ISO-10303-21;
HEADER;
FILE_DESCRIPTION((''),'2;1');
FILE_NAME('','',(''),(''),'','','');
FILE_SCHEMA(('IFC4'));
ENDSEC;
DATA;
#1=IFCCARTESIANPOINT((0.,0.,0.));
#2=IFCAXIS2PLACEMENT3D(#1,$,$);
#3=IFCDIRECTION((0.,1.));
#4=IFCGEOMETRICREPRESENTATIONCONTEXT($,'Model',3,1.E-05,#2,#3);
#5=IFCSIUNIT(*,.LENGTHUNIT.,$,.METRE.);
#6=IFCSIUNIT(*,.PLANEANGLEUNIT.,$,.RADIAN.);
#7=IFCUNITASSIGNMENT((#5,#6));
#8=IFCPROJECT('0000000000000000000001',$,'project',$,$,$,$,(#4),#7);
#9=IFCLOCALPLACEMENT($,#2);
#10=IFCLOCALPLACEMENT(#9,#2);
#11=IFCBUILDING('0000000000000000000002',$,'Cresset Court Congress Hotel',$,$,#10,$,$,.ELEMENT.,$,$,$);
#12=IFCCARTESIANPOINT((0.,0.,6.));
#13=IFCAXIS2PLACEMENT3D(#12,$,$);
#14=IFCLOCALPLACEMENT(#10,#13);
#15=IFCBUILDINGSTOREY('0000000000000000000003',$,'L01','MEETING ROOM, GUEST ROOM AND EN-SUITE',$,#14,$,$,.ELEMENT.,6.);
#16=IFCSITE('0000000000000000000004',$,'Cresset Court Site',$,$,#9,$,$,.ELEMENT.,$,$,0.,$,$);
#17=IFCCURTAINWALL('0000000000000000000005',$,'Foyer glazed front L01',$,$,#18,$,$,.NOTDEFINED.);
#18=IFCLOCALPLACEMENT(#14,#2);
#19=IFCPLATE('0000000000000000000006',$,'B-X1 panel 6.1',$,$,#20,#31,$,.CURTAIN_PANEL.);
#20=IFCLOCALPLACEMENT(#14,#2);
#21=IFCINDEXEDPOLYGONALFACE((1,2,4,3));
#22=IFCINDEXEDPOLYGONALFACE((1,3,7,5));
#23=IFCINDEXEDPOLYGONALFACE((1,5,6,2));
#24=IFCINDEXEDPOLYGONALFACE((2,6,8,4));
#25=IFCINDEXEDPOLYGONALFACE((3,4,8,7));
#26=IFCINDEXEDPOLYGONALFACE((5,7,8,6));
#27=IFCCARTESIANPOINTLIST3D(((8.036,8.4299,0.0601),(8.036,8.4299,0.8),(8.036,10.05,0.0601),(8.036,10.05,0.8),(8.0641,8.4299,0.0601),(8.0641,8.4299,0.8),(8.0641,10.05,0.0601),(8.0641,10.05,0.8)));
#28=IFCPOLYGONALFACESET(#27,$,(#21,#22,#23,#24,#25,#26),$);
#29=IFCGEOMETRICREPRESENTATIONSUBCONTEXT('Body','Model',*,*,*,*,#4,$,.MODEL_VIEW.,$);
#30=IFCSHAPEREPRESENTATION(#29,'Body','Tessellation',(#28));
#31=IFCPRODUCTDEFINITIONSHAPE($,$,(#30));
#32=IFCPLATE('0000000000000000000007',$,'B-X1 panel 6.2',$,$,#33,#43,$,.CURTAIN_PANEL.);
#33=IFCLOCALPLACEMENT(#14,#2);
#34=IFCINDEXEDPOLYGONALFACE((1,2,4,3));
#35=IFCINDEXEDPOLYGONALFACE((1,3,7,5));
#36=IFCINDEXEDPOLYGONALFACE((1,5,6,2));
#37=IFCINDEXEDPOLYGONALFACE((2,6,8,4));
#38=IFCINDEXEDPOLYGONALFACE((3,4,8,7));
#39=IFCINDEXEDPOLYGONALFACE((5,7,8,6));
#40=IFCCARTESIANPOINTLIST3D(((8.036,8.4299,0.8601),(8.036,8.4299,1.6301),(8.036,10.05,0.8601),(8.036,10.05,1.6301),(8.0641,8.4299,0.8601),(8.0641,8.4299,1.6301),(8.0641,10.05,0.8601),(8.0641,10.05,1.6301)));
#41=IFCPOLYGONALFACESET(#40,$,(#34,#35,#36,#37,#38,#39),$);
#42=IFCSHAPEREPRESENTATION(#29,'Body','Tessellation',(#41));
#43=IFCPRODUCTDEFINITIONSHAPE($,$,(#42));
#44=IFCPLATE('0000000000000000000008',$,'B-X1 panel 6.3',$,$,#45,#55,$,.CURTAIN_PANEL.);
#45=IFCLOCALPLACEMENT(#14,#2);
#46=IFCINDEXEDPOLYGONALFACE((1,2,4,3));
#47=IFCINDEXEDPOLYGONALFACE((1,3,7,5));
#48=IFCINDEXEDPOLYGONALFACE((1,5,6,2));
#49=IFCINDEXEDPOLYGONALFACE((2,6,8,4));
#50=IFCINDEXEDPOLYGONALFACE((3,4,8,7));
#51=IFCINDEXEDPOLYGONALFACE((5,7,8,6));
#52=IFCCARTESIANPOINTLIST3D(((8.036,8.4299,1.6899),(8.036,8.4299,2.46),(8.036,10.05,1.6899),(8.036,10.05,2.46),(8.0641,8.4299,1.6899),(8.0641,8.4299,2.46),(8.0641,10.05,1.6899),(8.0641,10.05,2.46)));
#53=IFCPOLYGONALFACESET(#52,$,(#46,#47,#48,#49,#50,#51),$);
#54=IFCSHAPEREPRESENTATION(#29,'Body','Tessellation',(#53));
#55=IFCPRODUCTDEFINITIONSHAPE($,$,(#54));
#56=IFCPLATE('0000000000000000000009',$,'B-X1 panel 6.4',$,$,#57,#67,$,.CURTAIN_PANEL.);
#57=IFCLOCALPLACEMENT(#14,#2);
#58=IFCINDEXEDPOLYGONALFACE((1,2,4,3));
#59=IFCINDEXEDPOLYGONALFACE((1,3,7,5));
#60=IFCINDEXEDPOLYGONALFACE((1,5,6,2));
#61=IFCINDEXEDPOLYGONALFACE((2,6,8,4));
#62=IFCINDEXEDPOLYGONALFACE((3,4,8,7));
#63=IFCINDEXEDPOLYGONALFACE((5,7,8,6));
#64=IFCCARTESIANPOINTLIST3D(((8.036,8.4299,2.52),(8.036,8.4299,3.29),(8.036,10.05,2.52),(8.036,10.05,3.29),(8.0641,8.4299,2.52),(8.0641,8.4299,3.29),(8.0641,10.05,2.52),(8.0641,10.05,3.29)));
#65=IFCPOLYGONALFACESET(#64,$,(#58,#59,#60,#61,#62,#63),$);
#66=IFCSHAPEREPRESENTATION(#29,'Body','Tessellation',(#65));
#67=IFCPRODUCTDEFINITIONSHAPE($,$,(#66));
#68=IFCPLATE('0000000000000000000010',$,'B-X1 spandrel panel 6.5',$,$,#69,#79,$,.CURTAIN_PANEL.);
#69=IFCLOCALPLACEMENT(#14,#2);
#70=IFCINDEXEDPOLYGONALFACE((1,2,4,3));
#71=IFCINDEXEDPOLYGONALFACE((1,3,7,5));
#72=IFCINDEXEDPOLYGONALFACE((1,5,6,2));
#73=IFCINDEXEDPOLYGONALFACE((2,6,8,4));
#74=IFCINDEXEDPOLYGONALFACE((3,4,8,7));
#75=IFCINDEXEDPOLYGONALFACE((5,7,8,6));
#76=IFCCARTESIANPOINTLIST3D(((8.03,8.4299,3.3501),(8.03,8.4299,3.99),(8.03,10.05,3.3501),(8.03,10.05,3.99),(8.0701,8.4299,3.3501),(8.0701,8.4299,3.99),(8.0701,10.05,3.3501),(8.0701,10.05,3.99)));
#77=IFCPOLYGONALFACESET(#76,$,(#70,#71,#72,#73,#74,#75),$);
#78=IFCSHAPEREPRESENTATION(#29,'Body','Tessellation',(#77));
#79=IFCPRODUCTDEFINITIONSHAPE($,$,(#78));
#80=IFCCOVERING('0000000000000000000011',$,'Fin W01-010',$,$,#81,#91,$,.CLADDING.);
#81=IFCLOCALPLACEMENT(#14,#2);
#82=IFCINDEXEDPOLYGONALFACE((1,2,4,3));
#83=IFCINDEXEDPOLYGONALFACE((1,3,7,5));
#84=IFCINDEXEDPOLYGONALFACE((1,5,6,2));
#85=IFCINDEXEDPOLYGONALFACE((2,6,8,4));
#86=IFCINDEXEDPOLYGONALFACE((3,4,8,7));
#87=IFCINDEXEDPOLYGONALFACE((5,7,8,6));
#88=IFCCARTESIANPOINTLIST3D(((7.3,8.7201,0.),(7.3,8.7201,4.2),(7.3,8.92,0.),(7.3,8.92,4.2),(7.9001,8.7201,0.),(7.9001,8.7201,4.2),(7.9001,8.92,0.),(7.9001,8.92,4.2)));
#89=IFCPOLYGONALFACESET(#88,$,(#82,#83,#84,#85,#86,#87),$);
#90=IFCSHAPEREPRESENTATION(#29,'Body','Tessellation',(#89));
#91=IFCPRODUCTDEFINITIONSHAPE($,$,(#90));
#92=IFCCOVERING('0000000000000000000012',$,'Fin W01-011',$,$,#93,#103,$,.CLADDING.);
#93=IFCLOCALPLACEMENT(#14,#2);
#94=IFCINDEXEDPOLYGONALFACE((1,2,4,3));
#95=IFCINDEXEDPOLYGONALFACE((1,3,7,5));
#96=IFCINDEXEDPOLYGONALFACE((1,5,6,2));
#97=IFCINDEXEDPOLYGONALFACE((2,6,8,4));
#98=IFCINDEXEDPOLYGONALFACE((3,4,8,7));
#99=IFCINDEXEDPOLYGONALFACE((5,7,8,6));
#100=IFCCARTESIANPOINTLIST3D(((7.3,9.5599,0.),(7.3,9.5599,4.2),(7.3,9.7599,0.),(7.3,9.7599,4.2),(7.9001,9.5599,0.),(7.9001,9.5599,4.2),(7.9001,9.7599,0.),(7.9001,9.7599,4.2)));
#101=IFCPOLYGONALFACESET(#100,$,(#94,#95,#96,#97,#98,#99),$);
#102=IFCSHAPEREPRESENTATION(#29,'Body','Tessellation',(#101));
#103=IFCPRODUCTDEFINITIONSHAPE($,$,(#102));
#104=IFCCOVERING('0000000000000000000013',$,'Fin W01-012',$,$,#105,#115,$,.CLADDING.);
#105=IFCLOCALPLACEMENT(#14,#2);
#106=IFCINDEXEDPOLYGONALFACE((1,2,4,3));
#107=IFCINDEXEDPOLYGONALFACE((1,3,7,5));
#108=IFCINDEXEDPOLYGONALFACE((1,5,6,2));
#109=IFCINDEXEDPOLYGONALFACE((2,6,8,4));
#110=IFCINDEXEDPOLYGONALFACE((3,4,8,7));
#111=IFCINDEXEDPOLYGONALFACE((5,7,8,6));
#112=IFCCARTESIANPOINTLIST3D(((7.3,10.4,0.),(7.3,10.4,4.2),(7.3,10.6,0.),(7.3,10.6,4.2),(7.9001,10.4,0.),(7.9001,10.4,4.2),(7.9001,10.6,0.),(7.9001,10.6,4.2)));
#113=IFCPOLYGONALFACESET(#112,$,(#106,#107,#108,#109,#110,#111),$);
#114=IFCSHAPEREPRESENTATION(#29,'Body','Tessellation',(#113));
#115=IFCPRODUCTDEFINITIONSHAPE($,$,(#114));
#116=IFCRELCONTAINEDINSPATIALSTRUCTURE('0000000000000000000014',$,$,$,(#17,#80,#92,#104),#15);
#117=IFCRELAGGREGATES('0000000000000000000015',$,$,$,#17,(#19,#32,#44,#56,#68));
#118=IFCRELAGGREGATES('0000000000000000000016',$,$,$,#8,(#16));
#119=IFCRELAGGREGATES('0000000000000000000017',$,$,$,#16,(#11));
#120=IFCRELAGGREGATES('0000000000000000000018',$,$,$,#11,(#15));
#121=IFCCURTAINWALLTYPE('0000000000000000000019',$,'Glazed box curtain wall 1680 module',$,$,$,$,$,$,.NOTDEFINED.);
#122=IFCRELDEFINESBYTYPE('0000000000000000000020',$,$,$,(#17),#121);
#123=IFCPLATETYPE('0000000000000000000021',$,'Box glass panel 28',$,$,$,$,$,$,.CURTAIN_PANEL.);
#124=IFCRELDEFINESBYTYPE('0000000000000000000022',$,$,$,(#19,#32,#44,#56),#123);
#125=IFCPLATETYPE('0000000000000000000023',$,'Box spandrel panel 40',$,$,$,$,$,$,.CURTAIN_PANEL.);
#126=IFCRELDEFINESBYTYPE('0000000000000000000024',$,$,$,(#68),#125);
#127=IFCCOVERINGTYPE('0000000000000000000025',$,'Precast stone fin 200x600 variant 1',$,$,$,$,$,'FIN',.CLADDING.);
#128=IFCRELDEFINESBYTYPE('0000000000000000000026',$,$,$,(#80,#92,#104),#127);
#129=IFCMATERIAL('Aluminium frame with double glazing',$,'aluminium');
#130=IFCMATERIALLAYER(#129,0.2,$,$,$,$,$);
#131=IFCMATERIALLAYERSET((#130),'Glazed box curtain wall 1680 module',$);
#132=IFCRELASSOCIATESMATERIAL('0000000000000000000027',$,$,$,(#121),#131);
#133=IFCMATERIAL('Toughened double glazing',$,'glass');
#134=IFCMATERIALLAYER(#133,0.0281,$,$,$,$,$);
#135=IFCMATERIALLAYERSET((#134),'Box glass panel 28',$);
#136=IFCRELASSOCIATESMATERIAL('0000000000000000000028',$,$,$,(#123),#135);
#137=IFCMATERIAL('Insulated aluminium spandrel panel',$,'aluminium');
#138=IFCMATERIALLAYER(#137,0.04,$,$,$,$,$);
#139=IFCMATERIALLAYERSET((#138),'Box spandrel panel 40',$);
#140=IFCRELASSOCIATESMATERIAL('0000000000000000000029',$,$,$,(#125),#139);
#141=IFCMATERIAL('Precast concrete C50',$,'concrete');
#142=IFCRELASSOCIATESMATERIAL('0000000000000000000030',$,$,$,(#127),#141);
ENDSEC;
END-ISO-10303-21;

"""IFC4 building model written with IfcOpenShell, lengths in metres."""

from ifc_helpers import new_model, si_unit, direction, frame, origin, origin_2d, place, context, subcontext, project, spatial, rectangle, extrude, material, layer, layer_set, type_object, element, aggregate, save


model = new_model("IFC4")

# Units and contexts
model_context = context("Model", 3, precision=1e-05, world=origin(), true_north=direction((0.0, 1.0)))
body_context = subcontext(model_context, "Body", "Model", "MODEL_VIEW")
ifc_project = project(units=[si_unit("LENGTHUNIT", "METRE"), si_unit("PLANEANGLEUNIT", "RADIAN")], contexts=[model_context])

# Site, building, storey
site_placement = place(None, origin())
site = spatial("IfcSite", under=ifc_project, at=site_placement, Name="Cresset Court Site", CompositionType="ELEMENT", RefElevation=0.0)
building_placement = place(site_placement, origin())
building = spatial("IfcBuilding", under=site, at=building_placement, Name="Cresset Court Congress Hotel", CompositionType="ELEMENT")
storey_placement = place(building_placement, frame((0.0, 0.0, 6.0)))
storey = spatial("IfcBuildingStorey", under=building, at=storey_placement, Name="L01", Description="MEETING ROOM, GUEST ROOM AND EN-SUITE", CompositionType="ELEMENT", Elevation=6.0)

# Curtain wall, plates
ifc_material_1 = material(Name="Aluminium frame with double glazing", Category="aluminium")
ifc_layer_1 = layer(ifc_material_1, 0.2)
ifc_layer_set_1 = layer_set([ifc_layer_1], Name="Glazed box curtain wall 1680 module")
curtain_wall_type = type_object("IfcCurtainWallType", Name="Glazed box curtain wall 1680 module", PredefinedType="NOTDEFINED", material=ifc_layer_set_1)
curtain_wall_placement = place(storey_placement, origin())
curtain_wall = element("IfcCurtainWall", 1, at=curtain_wall_placement, inside=storey, type_object=curtain_wall_type, Name="Foyer glazed front L01", PredefinedType="NOTDEFINED")
ifc_material_2 = material(Name="Toughened double glazing", Category="glass")
ifc_layer_2 = layer(ifc_material_2, 0.0281)
ifc_layer_set_2 = layer_set([ifc_layer_2], Name="Box glass panel 28")
plate_type_1 = type_object("IfcPlateType", Name="Box glass panel 28", PredefinedType="CURTAIN_PANEL", material=ifc_layer_set_2)
plate_1_placement = place(storey_placement, frame((8.05, 9.24, 0.0601), z_axis=(0.0, 0.0, 1.0), x_axis=(0.0, 1.0, 0.0)))
plate_1 = element("IfcPlate", 2, at=plate_1_placement, type_object=plate_type_1, Name="B-X1 panel 6.1", PredefinedType="CURTAIN_PANEL", context=body_context, shape_type="SweptSolid", body=[
    extrude(rectangle(XDim=1.6201, YDim=0.0281, at=origin_2d()), origin(), (0.0, 0.0, 1.0), 0.74),
])
plate_2_placement = place(storey_placement, frame((8.05, 9.24, 0.8601), z_axis=(0.0, 0.0, 1.0), x_axis=(0.0, 1.0, 0.0)))
plate_2 = element("IfcPlate", 3, at=plate_2_placement, type_object=plate_type_1, Name="B-X1 panel 6.2", PredefinedType="CURTAIN_PANEL", context=body_context, shape_type="SweptSolid", body=[
    extrude(rectangle(XDim=1.6201, YDim=0.0281, at=origin_2d()), origin(), (0.0, 0.0, 1.0), 0.77),
])
plate_3_placement = place(storey_placement, frame((8.05, 9.24, 1.6899), z_axis=(0.0, 0.0, 1.0), x_axis=(0.0, 1.0, 0.0)))
plate_3 = element("IfcPlate", 4, at=plate_3_placement, type_object=plate_type_1, Name="B-X1 panel 6.3", PredefinedType="CURTAIN_PANEL", context=body_context, shape_type="SweptSolid", body=[
    extrude(rectangle(XDim=1.6201, YDim=0.0281, at=origin_2d()), origin(), (0.0, 0.0, 1.0), 0.77),
])
plate_4_placement = place(storey_placement, frame((8.05, 9.24, 2.52), z_axis=(0.0, 0.0, 1.0), x_axis=(0.0, 1.0, 0.0)))
plate_4 = element("IfcPlate", 5, at=plate_4_placement, type_object=plate_type_1, Name="B-X1 panel 6.4", PredefinedType="CURTAIN_PANEL", context=body_context, shape_type="SweptSolid", body=[
    extrude(rectangle(XDim=1.6201, YDim=0.0281, at=origin_2d()), origin(), (0.0, 0.0, 1.0), 0.77),
])
ifc_material_3 = material(Name="Insulated aluminium spandrel panel", Category="aluminium")
ifc_layer_3 = layer(ifc_material_3, 0.04)
ifc_layer_set_3 = layer_set([ifc_layer_3], Name="Box spandrel panel 40")
plate_type_2 = type_object("IfcPlateType", Name="Box spandrel panel 40", PredefinedType="CURTAIN_PANEL", material=ifc_layer_set_3)
plate_5_placement = place(storey_placement, frame((8.05, 9.24, 3.3501), z_axis=(0.0, 0.0, 1.0), x_axis=(0.0, 1.0, 0.0)))
plate_5 = element("IfcPlate", 6, at=plate_5_placement, type_object=plate_type_2, Name="B-X1 spandrel panel 6.5", PredefinedType="CURTAIN_PANEL", context=body_context, shape_type="SweptSolid", body=[
    extrude(rectangle(XDim=1.6201, YDim=0.04, at=origin_2d()), origin(), (0.0, 0.0, 1.0), 0.6399),
])
aggregate(curtain_wall, [plate_1, plate_2, plate_3, plate_4, plate_5])

# Coverings
ifc_material_4 = material(Name="Precast concrete C50", Category="concrete")
covering_type = type_object("IfcCoveringType", Name="Precast stone fin 200x600 variant 1", ElementType="FIN", PredefinedType="CLADDING", material=ifc_material_4)
for number, where, z_axis, x_axis, name in (
    (7, (7.6001, 8.8201, 0.0), (0.0, 0.0, 1.0), (1.0, 0.0, 0.0), "Fin W01-010"),
    (8, (7.6001, 9.6599, 0.0), (0.0, 0.0, 1.0), (1.0, 0.0, 0.0), "Fin W01-011"),
    (9, (7.6001, 10.5, 0.0), (0.0, 0.0, 1.0), (1.0, 0.0, 0.0), "Fin W01-012"),
):
    element("IfcCovering", number, at=place(storey_placement, frame(where, z_axis=z_axis, x_axis=x_axis)), inside=storey, type_object=covering_type, Name=name, PredefinedType="CLADDING", context=body_context, shape_type="SweptSolid", body=[
        extrude(rectangle(XDim=0.6001, YDim=0.2, at=origin_2d()), origin(), (0.0, 0.0, 1.0), 4.2),
    ])

save(model, "model.ifc")
